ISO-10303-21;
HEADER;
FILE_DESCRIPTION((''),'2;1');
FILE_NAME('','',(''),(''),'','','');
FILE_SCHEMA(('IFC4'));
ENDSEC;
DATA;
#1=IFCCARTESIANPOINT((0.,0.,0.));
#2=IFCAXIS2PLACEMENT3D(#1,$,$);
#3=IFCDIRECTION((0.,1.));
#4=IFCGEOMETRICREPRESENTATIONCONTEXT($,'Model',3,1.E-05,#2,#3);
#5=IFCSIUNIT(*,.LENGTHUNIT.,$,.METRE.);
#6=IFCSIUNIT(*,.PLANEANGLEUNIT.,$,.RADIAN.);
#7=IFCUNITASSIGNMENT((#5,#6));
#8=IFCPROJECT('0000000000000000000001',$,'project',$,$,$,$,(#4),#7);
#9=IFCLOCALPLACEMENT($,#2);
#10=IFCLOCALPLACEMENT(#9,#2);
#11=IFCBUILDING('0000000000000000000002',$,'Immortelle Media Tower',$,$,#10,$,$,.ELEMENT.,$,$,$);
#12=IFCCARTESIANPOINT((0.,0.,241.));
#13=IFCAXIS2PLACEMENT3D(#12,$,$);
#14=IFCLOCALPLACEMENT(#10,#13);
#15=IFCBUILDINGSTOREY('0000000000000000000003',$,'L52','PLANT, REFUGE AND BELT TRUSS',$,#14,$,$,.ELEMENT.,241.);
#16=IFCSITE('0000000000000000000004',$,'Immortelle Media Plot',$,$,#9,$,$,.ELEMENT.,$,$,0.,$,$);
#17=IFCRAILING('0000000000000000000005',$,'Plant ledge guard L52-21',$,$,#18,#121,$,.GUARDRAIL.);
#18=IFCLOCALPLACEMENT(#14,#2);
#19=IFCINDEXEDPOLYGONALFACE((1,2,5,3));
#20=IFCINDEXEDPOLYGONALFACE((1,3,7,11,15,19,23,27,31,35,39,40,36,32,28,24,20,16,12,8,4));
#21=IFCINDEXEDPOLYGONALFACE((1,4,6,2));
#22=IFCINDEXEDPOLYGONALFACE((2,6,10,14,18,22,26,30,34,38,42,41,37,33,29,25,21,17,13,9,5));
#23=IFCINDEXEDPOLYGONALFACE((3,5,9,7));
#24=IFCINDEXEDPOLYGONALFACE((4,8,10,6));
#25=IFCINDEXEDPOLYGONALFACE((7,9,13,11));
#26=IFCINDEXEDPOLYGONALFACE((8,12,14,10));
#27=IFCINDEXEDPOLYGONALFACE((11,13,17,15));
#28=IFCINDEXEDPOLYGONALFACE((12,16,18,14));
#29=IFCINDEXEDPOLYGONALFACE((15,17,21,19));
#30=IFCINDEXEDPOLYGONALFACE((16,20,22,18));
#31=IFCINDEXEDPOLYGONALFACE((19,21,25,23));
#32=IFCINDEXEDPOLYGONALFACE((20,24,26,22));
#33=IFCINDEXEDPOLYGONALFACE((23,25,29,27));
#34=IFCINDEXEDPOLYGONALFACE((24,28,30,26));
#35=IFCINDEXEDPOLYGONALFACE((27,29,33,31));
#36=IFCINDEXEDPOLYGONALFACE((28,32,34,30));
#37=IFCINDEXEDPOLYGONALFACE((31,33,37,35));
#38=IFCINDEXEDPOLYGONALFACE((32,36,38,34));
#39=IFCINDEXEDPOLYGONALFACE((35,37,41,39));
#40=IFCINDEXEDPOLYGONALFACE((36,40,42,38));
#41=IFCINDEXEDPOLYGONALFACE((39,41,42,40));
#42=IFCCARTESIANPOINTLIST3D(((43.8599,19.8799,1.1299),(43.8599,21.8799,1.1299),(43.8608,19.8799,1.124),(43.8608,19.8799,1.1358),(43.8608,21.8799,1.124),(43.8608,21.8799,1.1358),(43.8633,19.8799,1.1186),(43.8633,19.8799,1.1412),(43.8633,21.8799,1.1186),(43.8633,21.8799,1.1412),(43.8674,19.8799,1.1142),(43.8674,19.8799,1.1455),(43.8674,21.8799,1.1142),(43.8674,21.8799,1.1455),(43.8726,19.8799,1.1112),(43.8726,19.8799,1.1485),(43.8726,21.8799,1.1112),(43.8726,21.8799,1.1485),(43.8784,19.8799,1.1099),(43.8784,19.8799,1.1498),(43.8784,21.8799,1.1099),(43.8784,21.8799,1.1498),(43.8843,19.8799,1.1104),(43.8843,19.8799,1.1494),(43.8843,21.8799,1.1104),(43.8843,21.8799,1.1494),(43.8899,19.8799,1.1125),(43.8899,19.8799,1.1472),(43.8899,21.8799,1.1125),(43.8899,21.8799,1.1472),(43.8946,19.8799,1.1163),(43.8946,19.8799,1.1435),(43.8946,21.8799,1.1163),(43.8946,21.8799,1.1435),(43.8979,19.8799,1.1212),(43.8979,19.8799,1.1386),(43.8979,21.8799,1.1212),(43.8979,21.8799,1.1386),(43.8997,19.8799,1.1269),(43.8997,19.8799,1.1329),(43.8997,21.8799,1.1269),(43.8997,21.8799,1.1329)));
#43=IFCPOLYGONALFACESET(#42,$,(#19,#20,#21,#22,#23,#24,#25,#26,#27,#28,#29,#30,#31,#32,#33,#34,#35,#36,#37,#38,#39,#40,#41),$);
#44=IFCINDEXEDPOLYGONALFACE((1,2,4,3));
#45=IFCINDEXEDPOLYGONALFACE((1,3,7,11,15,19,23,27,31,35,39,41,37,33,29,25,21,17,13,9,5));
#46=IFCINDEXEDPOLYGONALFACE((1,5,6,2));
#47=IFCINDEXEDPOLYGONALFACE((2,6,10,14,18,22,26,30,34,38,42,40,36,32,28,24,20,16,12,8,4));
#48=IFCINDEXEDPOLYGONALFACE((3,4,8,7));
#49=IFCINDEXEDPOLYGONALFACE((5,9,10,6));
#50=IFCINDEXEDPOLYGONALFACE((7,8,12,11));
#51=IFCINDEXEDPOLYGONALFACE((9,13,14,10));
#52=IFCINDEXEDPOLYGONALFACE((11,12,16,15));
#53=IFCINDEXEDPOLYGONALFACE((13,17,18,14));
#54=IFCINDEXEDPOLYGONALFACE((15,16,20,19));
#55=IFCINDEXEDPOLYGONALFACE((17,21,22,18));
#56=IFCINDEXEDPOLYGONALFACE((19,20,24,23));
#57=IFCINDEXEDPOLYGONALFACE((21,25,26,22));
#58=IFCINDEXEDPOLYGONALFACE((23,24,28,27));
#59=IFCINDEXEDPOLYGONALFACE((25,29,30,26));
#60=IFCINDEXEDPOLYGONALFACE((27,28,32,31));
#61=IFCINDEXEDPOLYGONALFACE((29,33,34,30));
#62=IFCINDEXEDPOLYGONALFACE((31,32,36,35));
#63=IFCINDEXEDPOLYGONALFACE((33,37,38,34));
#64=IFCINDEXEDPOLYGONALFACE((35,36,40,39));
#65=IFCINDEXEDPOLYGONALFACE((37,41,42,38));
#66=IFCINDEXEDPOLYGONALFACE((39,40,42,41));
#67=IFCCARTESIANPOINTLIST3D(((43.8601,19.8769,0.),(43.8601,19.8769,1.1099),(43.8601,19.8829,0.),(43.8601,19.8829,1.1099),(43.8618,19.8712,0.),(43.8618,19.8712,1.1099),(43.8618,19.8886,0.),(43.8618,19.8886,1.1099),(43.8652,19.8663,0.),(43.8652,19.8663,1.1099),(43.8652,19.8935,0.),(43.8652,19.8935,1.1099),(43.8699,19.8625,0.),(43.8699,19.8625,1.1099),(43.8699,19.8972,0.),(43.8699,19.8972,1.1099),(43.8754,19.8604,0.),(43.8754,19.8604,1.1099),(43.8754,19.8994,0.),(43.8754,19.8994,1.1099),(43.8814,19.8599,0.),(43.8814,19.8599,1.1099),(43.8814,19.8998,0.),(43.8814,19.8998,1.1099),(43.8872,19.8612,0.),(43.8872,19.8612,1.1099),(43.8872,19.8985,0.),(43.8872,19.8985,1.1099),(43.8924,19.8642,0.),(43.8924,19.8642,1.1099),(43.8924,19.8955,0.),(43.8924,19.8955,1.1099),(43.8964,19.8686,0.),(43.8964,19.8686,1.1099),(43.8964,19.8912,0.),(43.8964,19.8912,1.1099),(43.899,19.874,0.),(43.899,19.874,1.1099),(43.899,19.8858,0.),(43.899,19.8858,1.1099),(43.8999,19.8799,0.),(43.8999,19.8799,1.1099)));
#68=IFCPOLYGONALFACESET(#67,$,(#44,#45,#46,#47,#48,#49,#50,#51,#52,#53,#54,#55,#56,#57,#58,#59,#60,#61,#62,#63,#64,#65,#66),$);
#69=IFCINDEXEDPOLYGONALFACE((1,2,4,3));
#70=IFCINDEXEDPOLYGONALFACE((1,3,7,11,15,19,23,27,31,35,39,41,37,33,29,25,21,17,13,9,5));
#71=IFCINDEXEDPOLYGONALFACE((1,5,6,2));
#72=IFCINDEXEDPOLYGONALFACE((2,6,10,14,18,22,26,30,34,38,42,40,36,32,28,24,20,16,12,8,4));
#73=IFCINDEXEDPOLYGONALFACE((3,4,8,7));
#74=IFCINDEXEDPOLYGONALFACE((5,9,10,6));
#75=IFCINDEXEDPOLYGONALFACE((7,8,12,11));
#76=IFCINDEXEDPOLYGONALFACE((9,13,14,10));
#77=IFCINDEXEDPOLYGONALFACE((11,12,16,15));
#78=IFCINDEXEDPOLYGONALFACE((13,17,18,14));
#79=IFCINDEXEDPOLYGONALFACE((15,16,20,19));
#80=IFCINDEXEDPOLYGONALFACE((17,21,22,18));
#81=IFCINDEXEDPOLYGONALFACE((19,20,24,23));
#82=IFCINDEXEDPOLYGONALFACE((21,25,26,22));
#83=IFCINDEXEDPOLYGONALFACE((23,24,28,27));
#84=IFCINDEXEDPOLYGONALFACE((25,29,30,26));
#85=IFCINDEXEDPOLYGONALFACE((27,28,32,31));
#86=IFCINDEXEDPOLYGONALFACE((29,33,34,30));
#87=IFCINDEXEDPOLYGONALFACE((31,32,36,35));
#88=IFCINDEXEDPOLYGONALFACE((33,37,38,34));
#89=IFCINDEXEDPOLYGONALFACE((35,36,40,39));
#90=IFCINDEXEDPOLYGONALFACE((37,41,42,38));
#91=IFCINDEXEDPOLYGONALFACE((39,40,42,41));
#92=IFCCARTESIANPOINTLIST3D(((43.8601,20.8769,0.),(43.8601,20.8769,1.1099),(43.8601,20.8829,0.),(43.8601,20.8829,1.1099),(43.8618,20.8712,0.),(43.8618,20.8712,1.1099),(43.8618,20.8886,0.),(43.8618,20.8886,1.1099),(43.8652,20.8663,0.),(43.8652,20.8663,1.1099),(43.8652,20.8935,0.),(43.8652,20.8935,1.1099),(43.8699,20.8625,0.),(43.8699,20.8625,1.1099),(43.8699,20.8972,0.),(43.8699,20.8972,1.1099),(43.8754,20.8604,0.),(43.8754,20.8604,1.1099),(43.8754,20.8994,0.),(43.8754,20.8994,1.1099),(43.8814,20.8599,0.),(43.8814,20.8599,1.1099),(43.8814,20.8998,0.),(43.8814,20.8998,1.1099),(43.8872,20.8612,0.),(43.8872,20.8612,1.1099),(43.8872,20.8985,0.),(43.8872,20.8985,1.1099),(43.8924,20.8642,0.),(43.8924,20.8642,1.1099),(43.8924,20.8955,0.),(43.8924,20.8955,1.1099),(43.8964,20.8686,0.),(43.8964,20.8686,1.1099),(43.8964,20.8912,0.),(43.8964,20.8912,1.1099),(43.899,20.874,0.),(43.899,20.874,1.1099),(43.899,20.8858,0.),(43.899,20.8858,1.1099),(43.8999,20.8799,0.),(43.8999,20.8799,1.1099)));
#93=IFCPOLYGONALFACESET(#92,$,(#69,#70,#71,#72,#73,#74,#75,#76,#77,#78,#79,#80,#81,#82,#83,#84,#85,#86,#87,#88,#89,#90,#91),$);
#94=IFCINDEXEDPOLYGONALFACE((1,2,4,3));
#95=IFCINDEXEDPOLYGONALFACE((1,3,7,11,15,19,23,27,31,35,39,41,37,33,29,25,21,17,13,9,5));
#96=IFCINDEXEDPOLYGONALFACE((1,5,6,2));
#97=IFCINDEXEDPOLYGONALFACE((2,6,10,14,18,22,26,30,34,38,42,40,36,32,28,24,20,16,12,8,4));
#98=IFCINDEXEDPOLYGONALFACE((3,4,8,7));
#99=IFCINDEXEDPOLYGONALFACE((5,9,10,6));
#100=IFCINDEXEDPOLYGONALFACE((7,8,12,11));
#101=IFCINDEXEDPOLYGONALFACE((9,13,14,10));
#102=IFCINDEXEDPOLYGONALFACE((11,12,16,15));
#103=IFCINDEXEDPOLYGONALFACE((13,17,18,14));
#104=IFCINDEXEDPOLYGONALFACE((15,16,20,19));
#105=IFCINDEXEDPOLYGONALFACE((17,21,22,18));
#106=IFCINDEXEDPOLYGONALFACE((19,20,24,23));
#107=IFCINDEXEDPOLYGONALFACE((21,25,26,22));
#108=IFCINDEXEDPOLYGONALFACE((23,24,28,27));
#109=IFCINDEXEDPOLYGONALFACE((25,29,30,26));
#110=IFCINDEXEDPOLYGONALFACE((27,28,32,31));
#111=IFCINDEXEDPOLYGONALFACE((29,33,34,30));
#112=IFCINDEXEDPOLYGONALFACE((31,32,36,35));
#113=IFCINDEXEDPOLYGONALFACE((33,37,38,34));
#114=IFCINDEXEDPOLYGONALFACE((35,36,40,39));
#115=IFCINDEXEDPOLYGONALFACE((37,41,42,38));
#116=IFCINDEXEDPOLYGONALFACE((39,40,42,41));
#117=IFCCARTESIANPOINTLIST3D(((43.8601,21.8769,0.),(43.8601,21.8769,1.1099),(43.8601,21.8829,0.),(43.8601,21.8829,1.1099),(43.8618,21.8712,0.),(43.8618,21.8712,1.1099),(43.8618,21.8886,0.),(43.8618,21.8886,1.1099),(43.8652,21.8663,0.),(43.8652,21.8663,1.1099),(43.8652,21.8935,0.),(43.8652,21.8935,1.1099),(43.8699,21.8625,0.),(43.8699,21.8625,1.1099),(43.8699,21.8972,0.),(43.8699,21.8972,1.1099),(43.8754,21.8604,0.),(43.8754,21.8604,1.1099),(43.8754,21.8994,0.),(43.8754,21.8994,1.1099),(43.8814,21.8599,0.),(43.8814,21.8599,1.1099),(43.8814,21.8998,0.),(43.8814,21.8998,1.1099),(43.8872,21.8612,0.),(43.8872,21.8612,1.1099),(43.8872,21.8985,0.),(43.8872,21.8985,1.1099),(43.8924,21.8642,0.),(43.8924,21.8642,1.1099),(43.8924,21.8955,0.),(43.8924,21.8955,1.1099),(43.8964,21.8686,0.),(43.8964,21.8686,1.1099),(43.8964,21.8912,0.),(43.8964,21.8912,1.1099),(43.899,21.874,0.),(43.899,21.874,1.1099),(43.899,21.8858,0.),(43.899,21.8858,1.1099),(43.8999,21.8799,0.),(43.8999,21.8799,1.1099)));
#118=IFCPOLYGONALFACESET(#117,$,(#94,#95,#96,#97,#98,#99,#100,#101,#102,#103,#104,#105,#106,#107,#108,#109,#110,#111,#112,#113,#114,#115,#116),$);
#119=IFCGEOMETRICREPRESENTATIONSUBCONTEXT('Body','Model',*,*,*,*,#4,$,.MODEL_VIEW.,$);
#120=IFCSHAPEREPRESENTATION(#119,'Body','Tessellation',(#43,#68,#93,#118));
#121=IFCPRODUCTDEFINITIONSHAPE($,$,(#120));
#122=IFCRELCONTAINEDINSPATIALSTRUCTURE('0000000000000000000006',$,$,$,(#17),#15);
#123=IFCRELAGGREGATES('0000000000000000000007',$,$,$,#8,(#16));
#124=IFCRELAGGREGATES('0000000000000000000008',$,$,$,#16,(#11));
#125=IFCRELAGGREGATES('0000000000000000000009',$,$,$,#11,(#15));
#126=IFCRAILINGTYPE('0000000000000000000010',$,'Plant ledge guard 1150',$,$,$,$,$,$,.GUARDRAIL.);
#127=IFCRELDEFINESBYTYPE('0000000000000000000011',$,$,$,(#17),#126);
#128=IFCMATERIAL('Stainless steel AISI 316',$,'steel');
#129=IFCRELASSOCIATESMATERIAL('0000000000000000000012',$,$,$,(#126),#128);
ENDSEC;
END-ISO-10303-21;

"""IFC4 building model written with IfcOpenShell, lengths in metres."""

from ifc_helpers import new_model, si_unit, direction, frame, origin, origin_2d, place, context, subcontext, project, spatial, circle, extrude, material, type_object, element, save


model = new_model("IFC4")

# Units and contexts
model_context = context("Model", 3, precision=1e-05, world=origin(), true_north=direction((0.0, 1.0)))
body_context = subcontext(model_context, "Body", "Model", "MODEL_VIEW")
ifc_project = project(units=[si_unit("LENGTHUNIT", "METRE"), si_unit("PLANEANGLEUNIT", "RADIAN")], contexts=[model_context])

# Site, building, storey
site_placement = place(None, origin())
site = spatial("IfcSite", under=ifc_project, at=site_placement, Name="Immortelle Media Plot", CompositionType="ELEMENT", RefElevation=0.0)
building_placement = place(site_placement, origin())
building = spatial("IfcBuilding", under=site, at=building_placement, Name="Immortelle Media Tower", CompositionType="ELEMENT")
storey_placement = place(building_placement, frame((0.0, 0.0, 241.0)))
storey = spatial("IfcBuildingStorey", under=building, at=storey_placement, Name="L52", Description="PLANT, REFUGE AND BELT TRUSS", CompositionType="ELEMENT", Elevation=241.0)

# Railing
ifc_material_1 = material(Name="Stainless steel AISI 316", Category="steel")
railing_type = type_object("IfcRailingType", Name="Plant ledge guard 1150", PredefinedType="GUARDRAIL", material=ifc_material_1)
railing_1_placement = place(storey_placement, frame((43.8799, 19.8799, 0.0)))
element("IfcRailing", 1, at=railing_1_placement, inside=storey, type_object=railing_type, Name="Plant ledge guard L52-21", PredefinedType="GUARDRAIL", context=body_context, shape_type="SweptSolid", body=[
    extrude(circle(Radius=0.02, at=origin_2d()), frame((0.0, 0.0, 1.1299), z_axis=(0.0, 1.0, 0.0), x_axis=(-1.0, 0.0, 0.0)), (0.0, 0.0, 1.0), 2.0),
    extrude(circle(Radius=0.02, at=origin_2d()), origin(), (0.0, 0.0, 1.0), 1.1099),
    extrude(circle(Radius=0.02, at=origin_2d()), frame((0.0, 1.0, 0.0)), (0.0, 0.0, 1.0), 1.1099),
    extrude(circle(Radius=0.02, at=origin_2d()), frame((0.0, 2.0, 0.0)), (0.0, 0.0, 1.0), 1.1099),
])

save(model, "model.ifc")
